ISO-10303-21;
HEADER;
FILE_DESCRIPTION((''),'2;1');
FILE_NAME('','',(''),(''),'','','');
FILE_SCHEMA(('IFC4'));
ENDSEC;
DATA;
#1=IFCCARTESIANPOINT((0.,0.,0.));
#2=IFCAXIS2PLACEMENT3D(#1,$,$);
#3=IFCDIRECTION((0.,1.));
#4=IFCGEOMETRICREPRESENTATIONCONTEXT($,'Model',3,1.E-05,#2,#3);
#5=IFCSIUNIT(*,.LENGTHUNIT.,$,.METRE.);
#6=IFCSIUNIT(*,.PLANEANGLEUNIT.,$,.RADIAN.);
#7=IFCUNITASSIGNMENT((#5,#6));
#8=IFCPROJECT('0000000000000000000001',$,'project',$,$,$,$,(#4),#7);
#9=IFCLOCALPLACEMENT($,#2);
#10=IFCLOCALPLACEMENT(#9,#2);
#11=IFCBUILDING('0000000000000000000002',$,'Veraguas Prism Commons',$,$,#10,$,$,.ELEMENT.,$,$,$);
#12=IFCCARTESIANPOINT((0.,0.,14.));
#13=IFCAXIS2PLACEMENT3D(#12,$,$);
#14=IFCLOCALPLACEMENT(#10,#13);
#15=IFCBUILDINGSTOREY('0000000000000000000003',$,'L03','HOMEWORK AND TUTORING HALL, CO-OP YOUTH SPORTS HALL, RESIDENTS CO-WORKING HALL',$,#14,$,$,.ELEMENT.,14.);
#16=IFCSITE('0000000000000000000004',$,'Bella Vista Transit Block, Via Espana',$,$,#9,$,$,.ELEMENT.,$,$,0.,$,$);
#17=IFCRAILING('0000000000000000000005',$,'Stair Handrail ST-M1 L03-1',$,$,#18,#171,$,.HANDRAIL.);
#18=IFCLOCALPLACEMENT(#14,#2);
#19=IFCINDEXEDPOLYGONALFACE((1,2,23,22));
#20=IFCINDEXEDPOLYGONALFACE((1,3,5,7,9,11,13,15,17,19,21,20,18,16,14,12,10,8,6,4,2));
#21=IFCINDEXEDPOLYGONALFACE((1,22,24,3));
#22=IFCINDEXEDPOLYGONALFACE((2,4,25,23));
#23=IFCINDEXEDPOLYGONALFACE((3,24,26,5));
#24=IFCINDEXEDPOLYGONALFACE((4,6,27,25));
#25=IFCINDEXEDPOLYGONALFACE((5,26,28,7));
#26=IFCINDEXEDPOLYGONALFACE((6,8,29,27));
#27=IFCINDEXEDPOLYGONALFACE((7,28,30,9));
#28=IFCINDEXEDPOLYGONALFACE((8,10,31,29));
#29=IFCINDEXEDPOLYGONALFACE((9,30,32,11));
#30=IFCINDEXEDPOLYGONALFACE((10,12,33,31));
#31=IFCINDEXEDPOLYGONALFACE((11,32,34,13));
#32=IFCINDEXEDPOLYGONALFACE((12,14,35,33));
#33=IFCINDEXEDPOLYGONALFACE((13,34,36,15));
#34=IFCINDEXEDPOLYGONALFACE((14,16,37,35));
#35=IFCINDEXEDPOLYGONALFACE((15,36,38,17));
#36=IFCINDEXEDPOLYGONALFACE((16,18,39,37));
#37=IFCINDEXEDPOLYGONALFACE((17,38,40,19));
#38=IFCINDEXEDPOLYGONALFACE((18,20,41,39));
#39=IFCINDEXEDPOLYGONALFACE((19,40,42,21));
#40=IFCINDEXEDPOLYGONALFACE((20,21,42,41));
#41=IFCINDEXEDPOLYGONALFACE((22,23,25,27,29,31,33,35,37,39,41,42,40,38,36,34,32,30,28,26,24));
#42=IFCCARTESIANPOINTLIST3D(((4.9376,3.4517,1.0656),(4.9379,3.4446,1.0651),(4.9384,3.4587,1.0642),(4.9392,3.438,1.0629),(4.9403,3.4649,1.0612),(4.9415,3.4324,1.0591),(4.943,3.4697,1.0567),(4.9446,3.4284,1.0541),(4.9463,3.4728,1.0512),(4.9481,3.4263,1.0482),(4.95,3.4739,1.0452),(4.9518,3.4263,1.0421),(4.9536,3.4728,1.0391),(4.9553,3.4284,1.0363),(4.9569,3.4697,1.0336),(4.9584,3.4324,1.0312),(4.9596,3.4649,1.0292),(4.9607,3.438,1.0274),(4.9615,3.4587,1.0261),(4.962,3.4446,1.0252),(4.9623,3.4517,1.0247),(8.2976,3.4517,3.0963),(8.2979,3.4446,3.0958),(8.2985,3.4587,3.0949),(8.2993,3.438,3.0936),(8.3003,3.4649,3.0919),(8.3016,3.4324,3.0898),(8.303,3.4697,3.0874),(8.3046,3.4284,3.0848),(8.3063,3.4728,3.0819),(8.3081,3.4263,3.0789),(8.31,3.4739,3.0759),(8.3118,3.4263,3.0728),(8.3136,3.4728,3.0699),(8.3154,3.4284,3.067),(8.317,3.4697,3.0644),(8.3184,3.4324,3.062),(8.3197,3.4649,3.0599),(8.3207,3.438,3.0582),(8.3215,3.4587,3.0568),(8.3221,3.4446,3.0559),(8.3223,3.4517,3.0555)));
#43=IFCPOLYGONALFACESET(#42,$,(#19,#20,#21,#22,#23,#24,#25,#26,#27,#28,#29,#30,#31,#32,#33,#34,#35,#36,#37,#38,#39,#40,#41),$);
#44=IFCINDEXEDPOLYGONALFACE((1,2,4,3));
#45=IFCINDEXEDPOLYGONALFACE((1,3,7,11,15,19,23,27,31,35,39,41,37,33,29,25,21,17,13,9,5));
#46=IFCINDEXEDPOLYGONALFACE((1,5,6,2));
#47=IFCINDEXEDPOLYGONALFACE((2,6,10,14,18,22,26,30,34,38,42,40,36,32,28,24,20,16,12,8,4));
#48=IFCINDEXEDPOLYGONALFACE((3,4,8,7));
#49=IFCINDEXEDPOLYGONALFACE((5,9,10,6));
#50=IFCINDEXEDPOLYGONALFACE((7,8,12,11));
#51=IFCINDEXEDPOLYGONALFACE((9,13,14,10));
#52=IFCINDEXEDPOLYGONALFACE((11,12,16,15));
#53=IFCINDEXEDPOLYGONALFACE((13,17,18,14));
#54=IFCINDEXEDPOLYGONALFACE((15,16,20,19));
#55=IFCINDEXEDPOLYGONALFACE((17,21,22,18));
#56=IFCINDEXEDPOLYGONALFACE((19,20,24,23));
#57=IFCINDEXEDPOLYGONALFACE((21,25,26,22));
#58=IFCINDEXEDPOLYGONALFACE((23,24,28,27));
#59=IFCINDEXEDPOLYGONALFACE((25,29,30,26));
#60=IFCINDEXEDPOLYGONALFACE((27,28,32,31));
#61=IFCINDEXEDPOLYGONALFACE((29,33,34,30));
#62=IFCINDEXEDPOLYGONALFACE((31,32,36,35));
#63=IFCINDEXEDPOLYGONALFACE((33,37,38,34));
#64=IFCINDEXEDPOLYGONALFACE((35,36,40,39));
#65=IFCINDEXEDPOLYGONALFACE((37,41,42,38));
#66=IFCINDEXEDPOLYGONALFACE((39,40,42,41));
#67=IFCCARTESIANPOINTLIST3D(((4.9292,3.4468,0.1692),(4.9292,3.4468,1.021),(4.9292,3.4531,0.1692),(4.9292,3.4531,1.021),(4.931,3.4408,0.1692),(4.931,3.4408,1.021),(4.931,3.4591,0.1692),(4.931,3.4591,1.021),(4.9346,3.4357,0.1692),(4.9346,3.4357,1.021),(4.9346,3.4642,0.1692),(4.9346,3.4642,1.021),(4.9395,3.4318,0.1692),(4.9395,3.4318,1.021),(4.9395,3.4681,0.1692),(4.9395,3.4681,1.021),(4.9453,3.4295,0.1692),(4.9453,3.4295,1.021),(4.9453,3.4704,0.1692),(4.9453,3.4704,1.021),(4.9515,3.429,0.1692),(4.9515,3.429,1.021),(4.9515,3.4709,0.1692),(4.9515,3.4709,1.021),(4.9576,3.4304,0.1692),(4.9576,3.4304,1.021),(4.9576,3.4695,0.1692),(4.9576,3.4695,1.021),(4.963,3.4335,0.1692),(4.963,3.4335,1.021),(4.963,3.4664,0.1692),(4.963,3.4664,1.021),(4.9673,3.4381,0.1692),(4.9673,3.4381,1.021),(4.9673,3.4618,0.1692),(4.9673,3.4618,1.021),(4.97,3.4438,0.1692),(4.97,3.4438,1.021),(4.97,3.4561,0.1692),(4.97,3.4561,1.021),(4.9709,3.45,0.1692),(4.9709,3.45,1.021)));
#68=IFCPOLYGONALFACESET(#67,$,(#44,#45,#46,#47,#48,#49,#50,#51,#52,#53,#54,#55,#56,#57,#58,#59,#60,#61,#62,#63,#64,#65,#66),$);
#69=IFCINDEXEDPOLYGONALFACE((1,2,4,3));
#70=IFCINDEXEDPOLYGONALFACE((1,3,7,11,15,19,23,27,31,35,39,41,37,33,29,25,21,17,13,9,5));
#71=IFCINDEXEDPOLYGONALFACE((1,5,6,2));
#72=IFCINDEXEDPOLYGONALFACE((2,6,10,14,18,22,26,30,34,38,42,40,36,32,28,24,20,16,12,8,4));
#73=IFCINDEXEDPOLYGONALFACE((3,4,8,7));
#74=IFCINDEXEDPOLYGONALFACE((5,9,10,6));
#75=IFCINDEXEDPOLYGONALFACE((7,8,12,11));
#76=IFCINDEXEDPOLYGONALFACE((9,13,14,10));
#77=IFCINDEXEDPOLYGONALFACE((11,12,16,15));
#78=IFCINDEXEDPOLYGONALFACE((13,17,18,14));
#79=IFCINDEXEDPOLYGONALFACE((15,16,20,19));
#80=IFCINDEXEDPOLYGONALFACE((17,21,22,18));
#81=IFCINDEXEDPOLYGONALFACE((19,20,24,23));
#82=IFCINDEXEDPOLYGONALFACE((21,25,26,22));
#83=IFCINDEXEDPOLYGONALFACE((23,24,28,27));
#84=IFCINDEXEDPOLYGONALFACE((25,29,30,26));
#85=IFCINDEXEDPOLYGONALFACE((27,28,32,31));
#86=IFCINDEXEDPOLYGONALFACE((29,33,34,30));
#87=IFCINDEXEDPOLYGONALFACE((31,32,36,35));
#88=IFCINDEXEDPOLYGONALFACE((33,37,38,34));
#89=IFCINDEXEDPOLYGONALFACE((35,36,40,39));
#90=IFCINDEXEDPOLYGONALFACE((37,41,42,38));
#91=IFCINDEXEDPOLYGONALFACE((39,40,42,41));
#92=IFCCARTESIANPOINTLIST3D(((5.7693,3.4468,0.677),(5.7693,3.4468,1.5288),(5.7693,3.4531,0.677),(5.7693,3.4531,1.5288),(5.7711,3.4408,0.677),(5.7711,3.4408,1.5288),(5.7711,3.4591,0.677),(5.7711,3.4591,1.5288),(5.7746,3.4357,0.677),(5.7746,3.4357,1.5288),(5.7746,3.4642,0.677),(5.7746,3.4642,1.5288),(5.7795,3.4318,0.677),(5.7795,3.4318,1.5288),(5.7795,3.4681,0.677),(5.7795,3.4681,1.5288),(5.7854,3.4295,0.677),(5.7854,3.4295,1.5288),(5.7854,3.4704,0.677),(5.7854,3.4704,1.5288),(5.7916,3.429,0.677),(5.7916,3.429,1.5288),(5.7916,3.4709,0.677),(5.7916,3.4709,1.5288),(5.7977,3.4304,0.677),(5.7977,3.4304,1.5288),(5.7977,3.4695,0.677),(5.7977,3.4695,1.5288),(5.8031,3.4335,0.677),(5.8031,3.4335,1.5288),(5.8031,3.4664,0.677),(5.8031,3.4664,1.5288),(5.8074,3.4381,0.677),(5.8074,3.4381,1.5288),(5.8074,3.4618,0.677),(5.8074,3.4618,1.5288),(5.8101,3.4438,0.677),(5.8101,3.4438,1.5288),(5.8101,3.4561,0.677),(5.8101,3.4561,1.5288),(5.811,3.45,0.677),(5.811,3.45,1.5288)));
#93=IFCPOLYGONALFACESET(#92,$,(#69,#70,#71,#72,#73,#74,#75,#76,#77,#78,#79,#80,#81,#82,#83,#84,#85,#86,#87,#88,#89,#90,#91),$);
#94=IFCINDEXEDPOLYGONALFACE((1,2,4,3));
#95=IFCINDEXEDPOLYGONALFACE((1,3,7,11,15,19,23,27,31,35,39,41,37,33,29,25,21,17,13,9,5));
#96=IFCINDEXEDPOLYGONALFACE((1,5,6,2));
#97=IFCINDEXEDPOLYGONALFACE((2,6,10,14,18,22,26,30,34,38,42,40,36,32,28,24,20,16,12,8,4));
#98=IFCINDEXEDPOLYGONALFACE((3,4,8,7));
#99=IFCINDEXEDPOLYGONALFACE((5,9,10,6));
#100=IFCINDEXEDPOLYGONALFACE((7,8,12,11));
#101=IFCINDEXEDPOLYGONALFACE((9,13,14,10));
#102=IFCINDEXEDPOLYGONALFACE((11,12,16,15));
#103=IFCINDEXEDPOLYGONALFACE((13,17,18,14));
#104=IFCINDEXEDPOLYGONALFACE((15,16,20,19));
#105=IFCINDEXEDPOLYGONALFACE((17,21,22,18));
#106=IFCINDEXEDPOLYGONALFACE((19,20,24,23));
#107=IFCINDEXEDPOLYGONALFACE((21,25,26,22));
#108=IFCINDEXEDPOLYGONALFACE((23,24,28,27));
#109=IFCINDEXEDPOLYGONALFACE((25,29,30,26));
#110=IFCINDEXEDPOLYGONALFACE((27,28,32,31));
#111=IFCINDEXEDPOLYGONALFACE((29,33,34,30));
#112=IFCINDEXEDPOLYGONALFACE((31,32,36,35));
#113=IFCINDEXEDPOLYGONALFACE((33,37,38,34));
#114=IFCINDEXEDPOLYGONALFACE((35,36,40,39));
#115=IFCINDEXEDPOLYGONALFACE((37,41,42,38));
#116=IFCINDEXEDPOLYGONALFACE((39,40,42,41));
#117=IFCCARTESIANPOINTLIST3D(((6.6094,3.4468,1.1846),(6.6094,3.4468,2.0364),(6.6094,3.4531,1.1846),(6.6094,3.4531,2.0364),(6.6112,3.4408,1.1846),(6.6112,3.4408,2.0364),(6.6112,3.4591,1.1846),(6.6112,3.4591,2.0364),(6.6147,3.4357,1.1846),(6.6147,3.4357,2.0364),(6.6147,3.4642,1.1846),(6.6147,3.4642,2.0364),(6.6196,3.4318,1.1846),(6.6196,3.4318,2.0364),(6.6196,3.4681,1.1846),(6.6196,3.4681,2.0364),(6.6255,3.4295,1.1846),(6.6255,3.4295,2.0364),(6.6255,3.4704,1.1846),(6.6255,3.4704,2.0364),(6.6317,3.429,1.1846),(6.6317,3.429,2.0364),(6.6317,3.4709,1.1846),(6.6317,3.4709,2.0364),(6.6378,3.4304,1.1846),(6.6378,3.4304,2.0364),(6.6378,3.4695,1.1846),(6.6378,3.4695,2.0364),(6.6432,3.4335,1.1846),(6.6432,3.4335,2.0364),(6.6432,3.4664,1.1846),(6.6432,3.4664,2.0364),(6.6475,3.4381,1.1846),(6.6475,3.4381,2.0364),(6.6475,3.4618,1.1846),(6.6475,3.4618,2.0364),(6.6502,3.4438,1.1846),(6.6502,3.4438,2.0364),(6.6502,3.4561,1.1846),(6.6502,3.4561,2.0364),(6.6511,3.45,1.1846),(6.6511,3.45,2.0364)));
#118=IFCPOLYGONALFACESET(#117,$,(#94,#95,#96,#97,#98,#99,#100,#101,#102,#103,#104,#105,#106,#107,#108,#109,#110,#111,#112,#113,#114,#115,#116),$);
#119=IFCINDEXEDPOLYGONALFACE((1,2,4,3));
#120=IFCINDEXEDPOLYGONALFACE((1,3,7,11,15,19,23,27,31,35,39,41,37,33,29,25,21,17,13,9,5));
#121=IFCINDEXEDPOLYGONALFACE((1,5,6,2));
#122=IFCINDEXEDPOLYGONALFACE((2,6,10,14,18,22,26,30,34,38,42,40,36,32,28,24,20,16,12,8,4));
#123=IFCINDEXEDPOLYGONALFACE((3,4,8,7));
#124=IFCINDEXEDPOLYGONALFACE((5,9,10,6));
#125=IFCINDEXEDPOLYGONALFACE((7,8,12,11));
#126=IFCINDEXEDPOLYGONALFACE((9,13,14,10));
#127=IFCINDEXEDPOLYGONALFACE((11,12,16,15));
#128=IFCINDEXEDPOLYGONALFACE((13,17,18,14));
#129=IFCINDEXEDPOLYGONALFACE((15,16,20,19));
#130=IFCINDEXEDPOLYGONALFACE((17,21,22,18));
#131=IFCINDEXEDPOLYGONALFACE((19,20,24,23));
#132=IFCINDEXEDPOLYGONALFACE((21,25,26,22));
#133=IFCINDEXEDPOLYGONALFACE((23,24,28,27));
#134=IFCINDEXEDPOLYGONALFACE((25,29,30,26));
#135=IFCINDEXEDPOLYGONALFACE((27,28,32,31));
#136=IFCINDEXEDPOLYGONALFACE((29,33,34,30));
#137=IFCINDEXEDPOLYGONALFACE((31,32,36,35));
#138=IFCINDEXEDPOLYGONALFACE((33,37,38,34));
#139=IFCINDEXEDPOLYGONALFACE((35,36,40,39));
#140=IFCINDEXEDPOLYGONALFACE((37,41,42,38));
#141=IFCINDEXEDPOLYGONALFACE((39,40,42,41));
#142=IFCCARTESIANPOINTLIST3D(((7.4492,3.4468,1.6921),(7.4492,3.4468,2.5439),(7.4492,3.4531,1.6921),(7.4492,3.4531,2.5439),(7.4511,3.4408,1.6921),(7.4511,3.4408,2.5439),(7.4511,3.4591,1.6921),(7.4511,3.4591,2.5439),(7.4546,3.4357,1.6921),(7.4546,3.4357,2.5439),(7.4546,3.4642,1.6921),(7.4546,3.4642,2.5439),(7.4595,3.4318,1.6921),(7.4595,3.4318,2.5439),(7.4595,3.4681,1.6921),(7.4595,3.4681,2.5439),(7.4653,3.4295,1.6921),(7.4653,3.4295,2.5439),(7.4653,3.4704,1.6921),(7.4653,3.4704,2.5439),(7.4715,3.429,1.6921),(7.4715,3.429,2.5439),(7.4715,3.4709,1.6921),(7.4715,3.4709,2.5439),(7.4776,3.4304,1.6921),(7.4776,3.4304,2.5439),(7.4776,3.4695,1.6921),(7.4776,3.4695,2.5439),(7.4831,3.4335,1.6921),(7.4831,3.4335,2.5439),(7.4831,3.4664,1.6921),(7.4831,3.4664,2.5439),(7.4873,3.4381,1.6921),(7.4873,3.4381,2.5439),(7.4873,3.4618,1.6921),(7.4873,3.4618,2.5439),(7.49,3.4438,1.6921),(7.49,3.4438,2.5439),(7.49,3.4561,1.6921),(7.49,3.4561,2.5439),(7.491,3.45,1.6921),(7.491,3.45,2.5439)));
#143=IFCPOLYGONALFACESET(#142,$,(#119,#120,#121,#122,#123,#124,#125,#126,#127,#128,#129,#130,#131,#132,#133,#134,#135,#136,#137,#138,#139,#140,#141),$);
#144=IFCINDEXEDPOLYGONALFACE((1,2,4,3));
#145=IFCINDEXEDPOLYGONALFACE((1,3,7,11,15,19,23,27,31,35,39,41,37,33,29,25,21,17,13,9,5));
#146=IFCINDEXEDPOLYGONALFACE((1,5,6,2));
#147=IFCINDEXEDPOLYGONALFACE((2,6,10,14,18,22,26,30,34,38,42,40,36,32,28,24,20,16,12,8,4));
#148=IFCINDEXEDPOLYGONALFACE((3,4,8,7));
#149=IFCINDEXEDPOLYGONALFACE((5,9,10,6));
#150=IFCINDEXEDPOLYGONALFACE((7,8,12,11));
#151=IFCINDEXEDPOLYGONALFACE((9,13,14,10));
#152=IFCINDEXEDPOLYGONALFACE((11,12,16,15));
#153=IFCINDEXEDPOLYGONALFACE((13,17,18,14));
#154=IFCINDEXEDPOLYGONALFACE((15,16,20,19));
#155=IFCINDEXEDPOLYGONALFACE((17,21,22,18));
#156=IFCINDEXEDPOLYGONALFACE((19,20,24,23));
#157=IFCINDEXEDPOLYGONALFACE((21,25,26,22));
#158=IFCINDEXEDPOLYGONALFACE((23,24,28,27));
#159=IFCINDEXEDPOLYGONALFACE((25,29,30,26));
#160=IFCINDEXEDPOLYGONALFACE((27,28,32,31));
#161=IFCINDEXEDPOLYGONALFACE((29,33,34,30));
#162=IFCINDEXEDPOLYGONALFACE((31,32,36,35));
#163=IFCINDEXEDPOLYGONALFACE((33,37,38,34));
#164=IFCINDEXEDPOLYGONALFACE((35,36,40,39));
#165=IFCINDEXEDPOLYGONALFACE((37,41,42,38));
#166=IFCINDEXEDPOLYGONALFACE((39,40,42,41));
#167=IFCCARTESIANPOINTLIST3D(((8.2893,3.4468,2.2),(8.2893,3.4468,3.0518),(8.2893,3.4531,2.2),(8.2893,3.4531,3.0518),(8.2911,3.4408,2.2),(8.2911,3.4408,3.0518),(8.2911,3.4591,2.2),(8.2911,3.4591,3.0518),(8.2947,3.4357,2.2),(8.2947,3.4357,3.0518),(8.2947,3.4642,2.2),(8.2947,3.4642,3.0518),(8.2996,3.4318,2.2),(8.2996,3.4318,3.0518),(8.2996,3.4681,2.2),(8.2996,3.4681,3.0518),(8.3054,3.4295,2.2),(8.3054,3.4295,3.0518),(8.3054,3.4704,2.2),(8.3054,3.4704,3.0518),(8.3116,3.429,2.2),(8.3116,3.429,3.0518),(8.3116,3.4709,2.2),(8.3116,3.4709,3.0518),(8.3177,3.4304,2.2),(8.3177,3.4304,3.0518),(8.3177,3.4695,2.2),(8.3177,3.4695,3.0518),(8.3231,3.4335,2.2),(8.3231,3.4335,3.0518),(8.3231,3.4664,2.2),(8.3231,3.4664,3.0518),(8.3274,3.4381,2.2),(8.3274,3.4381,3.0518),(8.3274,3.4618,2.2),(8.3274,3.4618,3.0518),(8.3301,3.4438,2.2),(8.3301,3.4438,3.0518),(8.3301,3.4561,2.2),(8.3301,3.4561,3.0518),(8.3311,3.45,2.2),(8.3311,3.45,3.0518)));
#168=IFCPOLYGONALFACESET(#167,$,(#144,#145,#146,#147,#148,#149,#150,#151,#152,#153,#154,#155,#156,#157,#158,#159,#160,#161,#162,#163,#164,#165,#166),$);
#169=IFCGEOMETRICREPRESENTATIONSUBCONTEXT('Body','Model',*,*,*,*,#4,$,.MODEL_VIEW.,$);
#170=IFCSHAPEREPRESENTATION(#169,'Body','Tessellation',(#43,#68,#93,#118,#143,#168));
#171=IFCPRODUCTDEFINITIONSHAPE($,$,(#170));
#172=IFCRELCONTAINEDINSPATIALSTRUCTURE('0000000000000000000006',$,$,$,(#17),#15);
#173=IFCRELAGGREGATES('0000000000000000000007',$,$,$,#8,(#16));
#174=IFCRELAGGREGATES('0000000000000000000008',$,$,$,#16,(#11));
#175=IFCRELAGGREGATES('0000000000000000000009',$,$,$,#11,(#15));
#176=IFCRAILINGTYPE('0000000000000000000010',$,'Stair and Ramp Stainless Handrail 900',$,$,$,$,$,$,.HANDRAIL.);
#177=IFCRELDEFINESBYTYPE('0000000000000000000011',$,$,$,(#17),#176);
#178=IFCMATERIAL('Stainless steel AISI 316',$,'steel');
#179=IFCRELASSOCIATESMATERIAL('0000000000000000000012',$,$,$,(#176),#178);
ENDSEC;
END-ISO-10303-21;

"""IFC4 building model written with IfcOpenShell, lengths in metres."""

from ifc_helpers import new_model, si_unit, direction, frame, origin, origin_2d, place, context, subcontext, project, spatial, circle, extrude, material, type_object, element, save


model = new_model("IFC4")

# Units and contexts
model_context = context("Model", 3, precision=1e-05, world=origin(), true_north=direction((0.0, 1.0)))
body_context = subcontext(model_context, "Body", "Model", "MODEL_VIEW")
ifc_project = project(units=[si_unit("LENGTHUNIT", "METRE"), si_unit("PLANEANGLEUNIT", "RADIAN")], contexts=[model_context])

# Site, building, storey
site_placement = place(None, origin())
site = spatial("IfcSite", under=ifc_project, at=site_placement, Name="Bella Vista Transit Block, Via Espana", CompositionType="ELEMENT", RefElevation=0.0)
building_placement = place(site_placement, origin())
building = spatial("IfcBuilding", under=site, at=building_placement, Name="Veraguas Prism Commons", CompositionType="ELEMENT")
storey_placement = place(building_placement, frame((0.0, 0.0, 14.0)))
storey = spatial("IfcBuildingStorey", under=building, at=storey_placement, Name="L03", Description="HOMEWORK AND TUTORING HALL, CO-OP YOUTH SPORTS HALL, RESIDENTS CO-WORKING HALL", CompositionType="ELEMENT", Elevation=14.0)

# Railing
ifc_material_1 = material(Name="Stainless steel AISI 316", Category="steel")
railing_type_1 = type_object("IfcRailingType", Name="Stair and Ramp Stainless Handrail 900", PredefinedType="HANDRAIL", material=ifc_material_1)
railing_1_placement = place(storey_placement, frame((4.95, 3.45, 0.1692)))
element("IfcRailing", 1, at=railing_1_placement, inside=storey, type_object=railing_type_1, Name="Stair Handrail ST-M1 L03-1", PredefinedType="HANDRAIL", context=body_context, shape_type="SweptSolid", body=[
    extrude(circle(Radius=0.0239, at=origin_2d()), frame((0.0, 0.0, 0.876), z_axis=(0.855837, 0.0, 0.517246), x_axis=(0.0, 1.0, 0.0)), (0.0, 0.0, 1.0), 3.926),
    extrude(circle(Radius=0.021, at=origin_2d()), origin(), (0.0, 0.0, 1.0), 0.8518),
    extrude(circle(Radius=0.021, at=origin_2d()), frame((0.8401, 0.0, 0.5078)), (0.0, 0.0, 1.0), 0.8518),
    extrude(circle(Radius=0.021, at=origin_2d()), frame((1.6802, 0.0, 1.0154)), (0.0, 0.0, 1.0), 0.8518),
    extrude(circle(Radius=0.021, at=origin_2d()), frame((2.52, 0.0, 1.5229)), (0.0, 0.0, 1.0), 0.8518),
    extrude(circle(Radius=0.021, at=origin_2d()), frame((3.3601, 0.0, 2.0308)), (0.0, 0.0, 1.0), 0.8518),
])

save(model, "model.ifc")
